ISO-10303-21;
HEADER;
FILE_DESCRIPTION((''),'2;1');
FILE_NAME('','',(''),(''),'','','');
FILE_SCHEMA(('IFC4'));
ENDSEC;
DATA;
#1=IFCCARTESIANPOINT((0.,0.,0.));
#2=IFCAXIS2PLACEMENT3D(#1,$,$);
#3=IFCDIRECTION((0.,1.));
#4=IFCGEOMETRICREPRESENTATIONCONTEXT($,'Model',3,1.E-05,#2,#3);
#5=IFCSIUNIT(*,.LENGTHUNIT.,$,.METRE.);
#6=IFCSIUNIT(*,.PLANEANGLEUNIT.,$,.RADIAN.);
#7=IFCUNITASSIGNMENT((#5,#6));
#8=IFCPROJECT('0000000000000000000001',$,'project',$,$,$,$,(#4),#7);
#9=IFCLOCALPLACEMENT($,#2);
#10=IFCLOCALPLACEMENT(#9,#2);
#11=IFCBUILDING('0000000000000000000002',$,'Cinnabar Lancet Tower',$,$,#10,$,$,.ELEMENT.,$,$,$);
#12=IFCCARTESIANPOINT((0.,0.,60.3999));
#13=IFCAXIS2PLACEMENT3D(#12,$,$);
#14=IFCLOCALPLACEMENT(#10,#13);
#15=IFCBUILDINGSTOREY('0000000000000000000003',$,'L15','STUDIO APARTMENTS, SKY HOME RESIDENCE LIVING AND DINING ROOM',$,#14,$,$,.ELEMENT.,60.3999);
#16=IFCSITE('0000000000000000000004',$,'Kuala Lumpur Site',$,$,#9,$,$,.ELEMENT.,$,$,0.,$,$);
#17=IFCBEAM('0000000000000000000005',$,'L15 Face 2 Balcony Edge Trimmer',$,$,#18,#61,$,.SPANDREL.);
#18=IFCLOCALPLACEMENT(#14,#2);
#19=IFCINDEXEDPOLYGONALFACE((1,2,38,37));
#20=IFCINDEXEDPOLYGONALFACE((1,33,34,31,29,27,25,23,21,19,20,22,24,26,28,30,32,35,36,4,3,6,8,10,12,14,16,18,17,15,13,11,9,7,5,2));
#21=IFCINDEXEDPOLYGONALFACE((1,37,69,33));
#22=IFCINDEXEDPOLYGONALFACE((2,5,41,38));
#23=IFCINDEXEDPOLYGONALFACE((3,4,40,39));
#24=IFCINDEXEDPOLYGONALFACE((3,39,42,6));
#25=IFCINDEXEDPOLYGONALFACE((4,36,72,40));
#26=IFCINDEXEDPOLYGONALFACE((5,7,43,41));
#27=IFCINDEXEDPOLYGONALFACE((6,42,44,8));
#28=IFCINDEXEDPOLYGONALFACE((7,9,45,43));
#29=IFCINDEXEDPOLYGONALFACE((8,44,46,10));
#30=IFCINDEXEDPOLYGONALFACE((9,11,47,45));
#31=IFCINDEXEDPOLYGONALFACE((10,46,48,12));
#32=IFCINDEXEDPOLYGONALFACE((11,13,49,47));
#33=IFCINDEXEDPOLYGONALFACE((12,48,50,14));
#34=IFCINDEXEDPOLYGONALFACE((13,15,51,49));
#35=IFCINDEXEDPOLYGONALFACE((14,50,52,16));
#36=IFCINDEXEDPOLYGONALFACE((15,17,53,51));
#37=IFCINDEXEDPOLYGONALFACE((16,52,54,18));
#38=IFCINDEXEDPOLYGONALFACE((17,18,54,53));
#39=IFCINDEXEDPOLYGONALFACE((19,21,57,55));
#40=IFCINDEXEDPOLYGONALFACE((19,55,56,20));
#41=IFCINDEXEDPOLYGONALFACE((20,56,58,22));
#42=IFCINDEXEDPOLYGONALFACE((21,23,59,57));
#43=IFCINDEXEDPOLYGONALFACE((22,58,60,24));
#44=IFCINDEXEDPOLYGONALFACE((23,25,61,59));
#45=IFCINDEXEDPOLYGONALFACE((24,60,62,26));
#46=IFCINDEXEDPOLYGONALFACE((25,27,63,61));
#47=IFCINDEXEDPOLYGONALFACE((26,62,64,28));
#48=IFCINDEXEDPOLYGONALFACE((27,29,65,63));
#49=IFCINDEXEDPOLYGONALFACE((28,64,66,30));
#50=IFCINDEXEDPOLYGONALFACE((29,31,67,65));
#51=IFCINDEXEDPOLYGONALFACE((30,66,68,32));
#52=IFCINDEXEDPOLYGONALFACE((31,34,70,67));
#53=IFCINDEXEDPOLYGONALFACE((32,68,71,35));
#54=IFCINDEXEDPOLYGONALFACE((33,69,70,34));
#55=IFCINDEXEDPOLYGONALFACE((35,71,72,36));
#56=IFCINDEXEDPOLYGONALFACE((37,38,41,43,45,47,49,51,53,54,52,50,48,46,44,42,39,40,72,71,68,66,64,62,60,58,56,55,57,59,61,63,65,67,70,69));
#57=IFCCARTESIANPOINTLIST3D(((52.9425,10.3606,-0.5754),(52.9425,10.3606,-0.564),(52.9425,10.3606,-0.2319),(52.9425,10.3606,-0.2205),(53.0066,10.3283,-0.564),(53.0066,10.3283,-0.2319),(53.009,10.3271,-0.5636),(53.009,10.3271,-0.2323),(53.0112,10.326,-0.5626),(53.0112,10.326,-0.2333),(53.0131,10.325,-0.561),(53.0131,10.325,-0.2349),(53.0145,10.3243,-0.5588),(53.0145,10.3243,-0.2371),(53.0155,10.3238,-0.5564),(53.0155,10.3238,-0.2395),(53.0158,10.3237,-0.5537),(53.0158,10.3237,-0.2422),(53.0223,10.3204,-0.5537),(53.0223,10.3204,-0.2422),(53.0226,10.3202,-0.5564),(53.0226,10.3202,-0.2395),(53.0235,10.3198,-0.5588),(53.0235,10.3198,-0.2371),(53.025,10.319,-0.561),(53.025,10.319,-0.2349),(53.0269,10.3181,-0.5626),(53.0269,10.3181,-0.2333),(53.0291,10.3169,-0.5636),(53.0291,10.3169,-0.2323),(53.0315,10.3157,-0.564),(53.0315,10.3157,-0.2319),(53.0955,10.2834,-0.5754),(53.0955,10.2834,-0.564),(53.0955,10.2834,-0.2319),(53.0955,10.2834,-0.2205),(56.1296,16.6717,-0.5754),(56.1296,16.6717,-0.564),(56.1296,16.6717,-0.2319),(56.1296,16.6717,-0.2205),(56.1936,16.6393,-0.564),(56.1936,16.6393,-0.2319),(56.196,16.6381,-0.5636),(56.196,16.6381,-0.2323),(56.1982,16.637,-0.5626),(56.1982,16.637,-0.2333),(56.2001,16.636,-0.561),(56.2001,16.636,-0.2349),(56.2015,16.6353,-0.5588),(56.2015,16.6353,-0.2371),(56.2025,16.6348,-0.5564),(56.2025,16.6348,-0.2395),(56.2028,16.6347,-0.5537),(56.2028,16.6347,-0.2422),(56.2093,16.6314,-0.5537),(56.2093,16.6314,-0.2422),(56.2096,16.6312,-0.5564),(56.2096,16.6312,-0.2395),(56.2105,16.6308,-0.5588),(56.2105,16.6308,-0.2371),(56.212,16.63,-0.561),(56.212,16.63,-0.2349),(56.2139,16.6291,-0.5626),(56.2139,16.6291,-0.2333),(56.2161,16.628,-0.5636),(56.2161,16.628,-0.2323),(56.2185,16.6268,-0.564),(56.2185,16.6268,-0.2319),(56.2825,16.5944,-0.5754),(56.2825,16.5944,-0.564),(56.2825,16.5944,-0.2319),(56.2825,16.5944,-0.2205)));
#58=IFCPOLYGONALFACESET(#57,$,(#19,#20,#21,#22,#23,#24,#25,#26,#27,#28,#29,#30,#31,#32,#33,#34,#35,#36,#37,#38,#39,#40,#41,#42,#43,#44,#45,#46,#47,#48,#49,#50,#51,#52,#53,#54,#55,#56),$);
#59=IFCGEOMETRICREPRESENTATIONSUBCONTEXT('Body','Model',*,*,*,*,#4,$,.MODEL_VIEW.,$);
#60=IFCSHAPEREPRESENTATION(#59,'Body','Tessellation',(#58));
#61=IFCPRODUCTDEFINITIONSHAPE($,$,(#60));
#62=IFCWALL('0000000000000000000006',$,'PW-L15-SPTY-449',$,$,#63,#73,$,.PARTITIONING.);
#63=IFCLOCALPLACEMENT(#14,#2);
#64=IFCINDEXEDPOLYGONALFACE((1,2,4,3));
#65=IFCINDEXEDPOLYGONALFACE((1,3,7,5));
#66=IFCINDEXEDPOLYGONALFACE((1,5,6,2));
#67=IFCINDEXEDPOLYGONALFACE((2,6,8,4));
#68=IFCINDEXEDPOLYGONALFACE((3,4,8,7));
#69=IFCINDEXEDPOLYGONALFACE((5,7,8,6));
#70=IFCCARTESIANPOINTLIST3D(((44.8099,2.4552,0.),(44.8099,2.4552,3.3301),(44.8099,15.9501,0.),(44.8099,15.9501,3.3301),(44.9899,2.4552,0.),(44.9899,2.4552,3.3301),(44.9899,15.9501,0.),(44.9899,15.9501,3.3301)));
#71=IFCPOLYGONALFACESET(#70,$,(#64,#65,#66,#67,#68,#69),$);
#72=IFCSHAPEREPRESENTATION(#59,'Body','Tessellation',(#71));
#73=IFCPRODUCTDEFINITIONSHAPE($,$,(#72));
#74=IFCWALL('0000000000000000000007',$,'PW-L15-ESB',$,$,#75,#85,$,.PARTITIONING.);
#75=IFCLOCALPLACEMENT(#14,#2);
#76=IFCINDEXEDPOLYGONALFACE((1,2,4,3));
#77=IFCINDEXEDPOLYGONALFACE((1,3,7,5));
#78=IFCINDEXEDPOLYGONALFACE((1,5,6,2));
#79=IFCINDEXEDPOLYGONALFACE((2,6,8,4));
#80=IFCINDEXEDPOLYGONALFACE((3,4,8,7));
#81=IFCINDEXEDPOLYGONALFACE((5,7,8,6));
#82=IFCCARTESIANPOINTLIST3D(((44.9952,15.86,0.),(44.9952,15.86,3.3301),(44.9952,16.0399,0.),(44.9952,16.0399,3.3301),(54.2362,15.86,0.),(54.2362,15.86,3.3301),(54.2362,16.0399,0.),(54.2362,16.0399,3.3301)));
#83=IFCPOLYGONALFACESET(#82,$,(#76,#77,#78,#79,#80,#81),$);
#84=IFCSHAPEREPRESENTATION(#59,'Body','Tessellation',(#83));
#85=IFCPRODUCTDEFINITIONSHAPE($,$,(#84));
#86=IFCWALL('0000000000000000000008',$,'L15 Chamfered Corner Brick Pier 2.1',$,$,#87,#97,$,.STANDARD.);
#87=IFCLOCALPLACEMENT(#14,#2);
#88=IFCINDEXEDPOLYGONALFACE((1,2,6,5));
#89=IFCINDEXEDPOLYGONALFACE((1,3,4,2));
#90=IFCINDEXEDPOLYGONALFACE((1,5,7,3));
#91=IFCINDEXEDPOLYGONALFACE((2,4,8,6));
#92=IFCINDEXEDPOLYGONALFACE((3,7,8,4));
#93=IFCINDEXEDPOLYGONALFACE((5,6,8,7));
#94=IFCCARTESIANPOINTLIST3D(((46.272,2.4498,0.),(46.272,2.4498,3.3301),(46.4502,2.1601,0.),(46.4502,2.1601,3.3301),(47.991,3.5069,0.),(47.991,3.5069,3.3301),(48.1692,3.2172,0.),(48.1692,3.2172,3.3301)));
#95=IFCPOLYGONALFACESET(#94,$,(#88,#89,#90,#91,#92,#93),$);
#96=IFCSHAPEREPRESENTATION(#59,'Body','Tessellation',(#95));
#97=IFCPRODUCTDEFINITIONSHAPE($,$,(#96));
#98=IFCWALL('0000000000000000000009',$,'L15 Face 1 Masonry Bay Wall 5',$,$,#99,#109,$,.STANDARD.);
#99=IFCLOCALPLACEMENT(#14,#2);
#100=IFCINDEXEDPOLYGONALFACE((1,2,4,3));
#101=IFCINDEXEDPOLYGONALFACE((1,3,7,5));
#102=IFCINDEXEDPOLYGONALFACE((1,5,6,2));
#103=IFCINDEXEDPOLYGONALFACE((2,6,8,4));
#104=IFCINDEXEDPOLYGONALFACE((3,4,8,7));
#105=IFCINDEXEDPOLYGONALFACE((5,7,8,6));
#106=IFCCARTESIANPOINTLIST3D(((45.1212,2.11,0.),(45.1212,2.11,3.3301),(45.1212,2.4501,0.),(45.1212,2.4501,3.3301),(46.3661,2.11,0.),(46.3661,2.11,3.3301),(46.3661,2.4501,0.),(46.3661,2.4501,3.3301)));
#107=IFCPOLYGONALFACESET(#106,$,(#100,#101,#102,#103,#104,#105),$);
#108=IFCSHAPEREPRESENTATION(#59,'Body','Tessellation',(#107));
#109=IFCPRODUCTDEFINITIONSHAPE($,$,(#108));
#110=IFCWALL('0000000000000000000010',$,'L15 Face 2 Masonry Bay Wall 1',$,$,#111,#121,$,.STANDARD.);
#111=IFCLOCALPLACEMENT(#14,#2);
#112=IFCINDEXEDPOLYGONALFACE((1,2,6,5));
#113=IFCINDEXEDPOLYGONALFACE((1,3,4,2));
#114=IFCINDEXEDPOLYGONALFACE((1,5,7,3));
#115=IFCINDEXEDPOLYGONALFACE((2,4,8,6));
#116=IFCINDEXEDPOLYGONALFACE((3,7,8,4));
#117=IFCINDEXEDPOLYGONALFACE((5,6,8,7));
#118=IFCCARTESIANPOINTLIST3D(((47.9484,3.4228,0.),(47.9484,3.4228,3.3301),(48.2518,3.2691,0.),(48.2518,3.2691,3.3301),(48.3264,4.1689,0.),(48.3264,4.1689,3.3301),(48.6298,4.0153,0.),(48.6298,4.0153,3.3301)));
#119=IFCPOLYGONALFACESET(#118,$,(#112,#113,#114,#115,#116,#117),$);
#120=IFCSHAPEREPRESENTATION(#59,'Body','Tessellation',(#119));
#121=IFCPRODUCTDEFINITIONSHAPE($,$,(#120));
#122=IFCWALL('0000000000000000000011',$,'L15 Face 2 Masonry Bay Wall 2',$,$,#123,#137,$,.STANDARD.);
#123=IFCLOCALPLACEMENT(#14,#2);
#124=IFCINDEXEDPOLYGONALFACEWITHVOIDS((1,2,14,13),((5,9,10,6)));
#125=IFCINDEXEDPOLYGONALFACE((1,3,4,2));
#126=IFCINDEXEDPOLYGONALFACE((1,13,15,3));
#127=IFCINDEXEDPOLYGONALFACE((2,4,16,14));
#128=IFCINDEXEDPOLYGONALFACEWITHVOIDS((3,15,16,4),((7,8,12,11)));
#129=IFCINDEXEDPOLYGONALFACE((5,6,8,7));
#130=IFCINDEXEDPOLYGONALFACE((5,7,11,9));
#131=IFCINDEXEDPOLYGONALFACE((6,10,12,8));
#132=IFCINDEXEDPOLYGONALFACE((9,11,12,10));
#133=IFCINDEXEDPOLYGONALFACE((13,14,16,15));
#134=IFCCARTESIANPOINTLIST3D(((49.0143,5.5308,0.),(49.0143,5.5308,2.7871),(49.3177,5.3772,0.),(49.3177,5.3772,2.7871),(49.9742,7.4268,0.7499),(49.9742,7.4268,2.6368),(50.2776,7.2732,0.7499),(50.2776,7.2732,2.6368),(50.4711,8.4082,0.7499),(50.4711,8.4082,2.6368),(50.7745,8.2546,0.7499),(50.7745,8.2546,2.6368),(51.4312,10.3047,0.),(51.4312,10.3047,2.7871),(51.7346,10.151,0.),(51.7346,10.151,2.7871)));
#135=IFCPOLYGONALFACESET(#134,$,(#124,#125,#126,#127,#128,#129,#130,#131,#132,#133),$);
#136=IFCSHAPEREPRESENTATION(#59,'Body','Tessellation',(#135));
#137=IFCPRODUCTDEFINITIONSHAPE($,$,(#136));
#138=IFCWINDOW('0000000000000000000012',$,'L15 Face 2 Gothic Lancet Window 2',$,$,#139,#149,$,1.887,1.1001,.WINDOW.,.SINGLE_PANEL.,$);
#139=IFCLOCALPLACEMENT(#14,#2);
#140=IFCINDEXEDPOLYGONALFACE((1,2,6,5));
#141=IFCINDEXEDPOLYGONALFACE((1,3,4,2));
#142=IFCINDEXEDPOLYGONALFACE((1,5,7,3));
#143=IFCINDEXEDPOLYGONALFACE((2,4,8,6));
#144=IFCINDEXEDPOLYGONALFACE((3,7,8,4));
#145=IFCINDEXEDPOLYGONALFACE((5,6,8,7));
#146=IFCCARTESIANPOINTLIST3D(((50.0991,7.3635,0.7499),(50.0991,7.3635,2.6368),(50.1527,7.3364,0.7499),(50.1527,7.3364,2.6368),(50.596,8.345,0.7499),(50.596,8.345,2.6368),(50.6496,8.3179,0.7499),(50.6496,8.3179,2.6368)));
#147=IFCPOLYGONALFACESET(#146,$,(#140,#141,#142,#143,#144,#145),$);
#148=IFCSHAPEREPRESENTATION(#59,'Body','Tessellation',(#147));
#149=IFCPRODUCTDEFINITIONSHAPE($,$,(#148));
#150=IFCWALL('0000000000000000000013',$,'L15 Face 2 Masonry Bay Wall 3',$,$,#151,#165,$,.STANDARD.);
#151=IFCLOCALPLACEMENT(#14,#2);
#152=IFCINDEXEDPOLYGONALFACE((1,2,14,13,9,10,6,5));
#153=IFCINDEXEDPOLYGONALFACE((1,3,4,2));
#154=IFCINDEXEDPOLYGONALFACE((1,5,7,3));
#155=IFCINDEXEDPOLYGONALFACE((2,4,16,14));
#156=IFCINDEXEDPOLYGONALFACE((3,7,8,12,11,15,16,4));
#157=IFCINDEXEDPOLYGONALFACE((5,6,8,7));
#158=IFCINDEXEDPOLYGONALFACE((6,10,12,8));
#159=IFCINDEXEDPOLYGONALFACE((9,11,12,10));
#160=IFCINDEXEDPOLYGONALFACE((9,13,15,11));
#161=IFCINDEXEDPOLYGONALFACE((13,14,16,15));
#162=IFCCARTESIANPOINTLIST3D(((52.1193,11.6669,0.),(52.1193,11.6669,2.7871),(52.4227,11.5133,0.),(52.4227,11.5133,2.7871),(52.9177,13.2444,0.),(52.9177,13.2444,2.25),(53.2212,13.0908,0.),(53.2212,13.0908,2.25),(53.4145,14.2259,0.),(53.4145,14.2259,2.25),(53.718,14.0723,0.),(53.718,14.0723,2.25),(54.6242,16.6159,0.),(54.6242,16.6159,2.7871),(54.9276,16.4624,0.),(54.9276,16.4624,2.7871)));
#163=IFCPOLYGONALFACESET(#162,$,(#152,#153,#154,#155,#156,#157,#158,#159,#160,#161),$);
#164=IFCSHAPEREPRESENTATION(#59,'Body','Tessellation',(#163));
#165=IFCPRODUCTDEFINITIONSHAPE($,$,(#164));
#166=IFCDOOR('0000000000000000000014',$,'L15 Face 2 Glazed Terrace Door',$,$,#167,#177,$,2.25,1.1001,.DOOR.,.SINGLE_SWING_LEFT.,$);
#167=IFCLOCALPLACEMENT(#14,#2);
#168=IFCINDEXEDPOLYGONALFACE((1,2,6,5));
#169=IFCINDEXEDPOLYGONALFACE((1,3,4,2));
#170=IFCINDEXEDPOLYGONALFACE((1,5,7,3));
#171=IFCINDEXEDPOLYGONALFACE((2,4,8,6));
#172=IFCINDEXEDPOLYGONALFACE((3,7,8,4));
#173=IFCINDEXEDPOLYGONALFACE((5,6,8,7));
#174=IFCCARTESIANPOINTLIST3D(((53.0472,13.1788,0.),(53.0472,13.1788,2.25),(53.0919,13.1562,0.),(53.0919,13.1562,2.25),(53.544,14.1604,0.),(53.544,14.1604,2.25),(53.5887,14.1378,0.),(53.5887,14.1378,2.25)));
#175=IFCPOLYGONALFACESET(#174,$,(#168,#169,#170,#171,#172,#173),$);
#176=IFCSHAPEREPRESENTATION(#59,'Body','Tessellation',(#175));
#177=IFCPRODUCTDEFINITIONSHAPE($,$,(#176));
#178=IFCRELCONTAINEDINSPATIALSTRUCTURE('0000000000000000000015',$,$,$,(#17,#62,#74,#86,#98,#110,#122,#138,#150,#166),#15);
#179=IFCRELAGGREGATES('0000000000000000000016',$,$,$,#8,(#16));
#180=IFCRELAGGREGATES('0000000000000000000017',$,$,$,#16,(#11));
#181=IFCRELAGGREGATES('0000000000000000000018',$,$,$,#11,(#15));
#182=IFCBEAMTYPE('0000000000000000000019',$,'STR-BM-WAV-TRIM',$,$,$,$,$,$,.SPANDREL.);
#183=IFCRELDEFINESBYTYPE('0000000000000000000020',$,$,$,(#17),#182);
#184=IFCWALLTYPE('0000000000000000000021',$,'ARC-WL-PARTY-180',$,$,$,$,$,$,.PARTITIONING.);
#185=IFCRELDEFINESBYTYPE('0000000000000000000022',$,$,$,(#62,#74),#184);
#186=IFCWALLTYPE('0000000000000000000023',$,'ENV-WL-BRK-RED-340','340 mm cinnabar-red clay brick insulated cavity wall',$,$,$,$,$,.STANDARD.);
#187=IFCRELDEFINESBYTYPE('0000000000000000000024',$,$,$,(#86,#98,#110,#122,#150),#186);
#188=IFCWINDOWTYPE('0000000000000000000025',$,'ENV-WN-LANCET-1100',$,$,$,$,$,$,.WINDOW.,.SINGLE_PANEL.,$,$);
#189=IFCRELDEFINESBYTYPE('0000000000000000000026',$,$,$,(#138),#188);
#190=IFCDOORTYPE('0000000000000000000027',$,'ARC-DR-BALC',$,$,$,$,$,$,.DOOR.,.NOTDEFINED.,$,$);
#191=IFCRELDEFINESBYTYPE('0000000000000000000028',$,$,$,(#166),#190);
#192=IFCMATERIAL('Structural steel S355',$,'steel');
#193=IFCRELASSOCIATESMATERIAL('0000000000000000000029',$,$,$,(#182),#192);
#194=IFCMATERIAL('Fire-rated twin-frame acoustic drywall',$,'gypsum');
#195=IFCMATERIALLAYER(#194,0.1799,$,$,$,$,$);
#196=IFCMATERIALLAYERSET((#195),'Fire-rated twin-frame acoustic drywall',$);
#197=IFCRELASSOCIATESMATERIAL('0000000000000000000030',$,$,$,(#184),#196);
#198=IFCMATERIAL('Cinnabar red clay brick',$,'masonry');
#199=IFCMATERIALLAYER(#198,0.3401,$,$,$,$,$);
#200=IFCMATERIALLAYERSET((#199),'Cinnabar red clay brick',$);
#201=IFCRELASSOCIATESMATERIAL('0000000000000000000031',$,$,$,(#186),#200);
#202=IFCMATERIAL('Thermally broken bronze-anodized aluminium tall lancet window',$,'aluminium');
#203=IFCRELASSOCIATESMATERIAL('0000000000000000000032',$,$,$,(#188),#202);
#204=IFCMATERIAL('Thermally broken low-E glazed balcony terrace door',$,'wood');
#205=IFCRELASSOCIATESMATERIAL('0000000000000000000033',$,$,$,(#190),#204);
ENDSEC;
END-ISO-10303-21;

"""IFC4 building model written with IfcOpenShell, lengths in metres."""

from ifc_helpers import new_model, si_unit, direction, frame, frame_2d, origin, origin_2d, place, context, subcontext, project, spatial, rectangle, i_section, extrude, material, layer, layer_set, material_profile, profile_set, type_object, element, fill, save


model = new_model("IFC4")

# Units and contexts
model_context = context("Model", 3, precision=1e-05, world=origin(), true_north=direction((0.0, 1.0)))
body_context = subcontext(model_context, "Body", "Model", "MODEL_VIEW")
ifc_project = project(units=[si_unit("LENGTHUNIT", "METRE"), si_unit("PLANEANGLEUNIT", "RADIAN")], contexts=[model_context])

# Site, building, storey
site_placement = place(None, origin())
site = spatial("IfcSite", under=ifc_project, at=site_placement, Name="Kuala Lumpur Site", CompositionType="ELEMENT", RefElevation=0.0)
building_placement = place(site_placement, origin())
building = spatial("IfcBuilding", under=site, at=building_placement, Name="Cinnabar Lancet Tower", CompositionType="ELEMENT")
storey_placement = place(building_placement, frame((0.0, 0.0, 60.3999)))
storey = spatial("IfcBuildingStorey", under=building, at=storey_placement, Name="L15", Description="STUDIO APARTMENTS, SKY HOME RESIDENCE LIVING AND DINING ROOM", CompositionType="ELEMENT", Elevation=60.3999)

# Beam
ifc_material_1 = material(Name="Structural steel S355", Category="steel")
ifc_material_profile_1 = material_profile(ifc_material_1, i_section(OverallWidth=0.1714, OverallDepth=0.355, WebThickness=0.0073, FlangeThickness=0.0115, FilletRadius=0.0103, at=origin_2d()), Name="UKB 356x171x51")
ifc_profile_set_1 = profile_set([ifc_material_profile_1], Name="Structural steel S355")
beam_type_1 = type_object("IfcBeamType", Name="STR-BM-WAV-TRIM", PredefinedType="SPANDREL", material=ifc_profile_set_1)
beam_1_placement = place(storey_placement, frame((53.019, 10.322, -0.3979), z_axis=(0.450774, 0.892638, 0.0), x_axis=(-0.892638, 0.450774, 0.0)))
element("IfcBeam", 1, at=beam_1_placement, inside=storey, type_object=beam_type_1, Name="L15 Face 2 Balcony Edge Trimmer", PredefinedType="SPANDREL", context=body_context, shape_type="SweptSolid", body=[
    extrude(i_section(OverallWidth=0.1714, OverallDepth=0.355, WebThickness=0.0073, FlangeThickness=0.0115, FilletRadius=0.0103, at=origin_2d()), origin(), (0.0, 0.0, 1.0), 7.0701),
])

# Walls
ifc_material_2 = material(Name="Fire-rated twin-frame acoustic drywall", Category="gypsum")
ifc_layer_1 = layer(ifc_material_2, 0.1799)
ifc_layer_set_1 = layer_set([ifc_layer_1], Name="Fire-rated twin-frame acoustic drywall")
wall_type_1 = type_object("IfcWallType", Name="ARC-WL-PARTY-180", PredefinedType="PARTITIONING", material=ifc_layer_set_1)
wall_1_placement = place(storey_placement, frame((44.8999, 2.4551, 0.0), z_axis=(0.0, 0.0, 1.0), x_axis=(0.0, 1.0, 0.0)))
element("IfcWall", 2, at=wall_1_placement, inside=storey, type_object=wall_type_1, Name="PW-L15-SPTY-449", PredefinedType="PARTITIONING", context=body_context, shape_type="SweptSolid", body=[
    extrude(rectangle(XDim=13.4949, YDim=0.1799, at=frame_2d((6.7476, 0.0))), origin(), (0.0, 0.0, 1.0), 3.3301),
])
wall_2_placement = place(storey_placement, frame((44.9951, 15.95, 0.0), z_axis=(0.0, 0.0, 1.0), x_axis=(1.0, 0.0, 0.0)))
element("IfcWall", 3, at=wall_2_placement, inside=storey, type_object=wall_type_1, Name="PW-L15-ESB", PredefinedType="PARTITIONING", context=body_context, shape_type="SweptSolid", body=[
    extrude(rectangle(XDim=9.241, YDim=0.1799, at=frame_2d((4.6206, 0.0))), origin(), (0.0, 0.0, 1.0), 3.3301),
])
ifc_material_3 = material(Name="Cinnabar red clay brick", Category="masonry")
ifc_layer_2 = layer(ifc_material_3, 0.3401)
ifc_layer_set_2 = layer_set([ifc_layer_2], Name="Cinnabar red clay brick")
wall_type_2 = type_object("IfcWallType", Name="ENV-WL-BRK-RED-340", Description="340 mm cinnabar-red clay brick insulated cavity wall", PredefinedType="STANDARD", material=ifc_layer_set_2)
wall_3_placement = place(storey_placement, frame((46.3611, 2.3049, 0.0), z_axis=(0.0, 0.0, 1.0), x_axis=(0.851816, 0.523841, 0.0)))
element("IfcWall", 4, at=wall_3_placement, inside=storey, type_object=wall_type_2, Name="L15 Chamfered Corner Brick Pier 2.1", PredefinedType="STANDARD", context=body_context, shape_type="SweptSolid", body=[
    extrude(rectangle(XDim=2.0181, YDim=0.3401, at=frame_2d((1.009, 0.0))), origin(), (0.0, 0.0, 1.0), 3.3301),
])
wall_4_placement = place(storey_placement, frame((45.1211, 2.28, 0.0), z_axis=(0.0, 0.0, 1.0), x_axis=(1.0, 0.0, 0.0)))
element("IfcWall", 5, at=wall_4_placement, inside=storey, type_object=wall_type_2, Name="L15 Face 1 Masonry Bay Wall 5", PredefinedType="STANDARD", context=body_context, shape_type="SweptSolid", body=[
    extrude(rectangle(XDim=1.2449, YDim=0.3401, at=frame_2d((0.6226, 0.0))), origin(), (0.0, 0.0, 1.0), 3.3301),
])
wall_5_placement = place(storey_placement, frame((48.1001, 3.3459, 0.0), z_axis=(0.0, 0.0, 1.0), x_axis=(0.451878, 0.89208, 0.0)))
element("IfcWall", 6, at=wall_5_placement, inside=storey, type_object=wall_type_2, Name="L15 Face 2 Masonry Bay Wall 1", PredefinedType="STANDARD", context=body_context, shape_type="SweptSolid", body=[
    extrude(rectangle(XDim=0.8364, YDim=0.3401, at=frame_2d((0.4182, 0.0))), origin(), (0.0, 0.0, 1.0), 3.3301),
])

# Wall, opening, window
wall_6_placement = place(storey_placement, frame((49.166, 5.4541, 0.0), z_axis=(0.0, 0.0, 1.0), x_axis=(0.451698, 0.892171, 0.0)))
wall_6 = element("IfcWall", 7, at=wall_6_placement, inside=storey, type_object=wall_type_2, Name="L15 Face 2 Masonry Bay Wall 2", PredefinedType="STANDARD", context=body_context, shape_type="SweptSolid", body=[
    extrude(rectangle(XDim=5.3508, YDim=0.3401, at=frame_2d((2.6753, 0.0))), origin(), (0.0, 0.0, 1.0), 2.7871),
])
opening_1_placement = place(wall_6_placement, frame((2.125, 0.0, 0.75)))
opening_1 = element("IfcOpeningElement", 8, at=opening_1_placement, cuts=wall_6, PredefinedType="OPENING", context=body_context, shape_type="SweptSolid", body=[
    extrude(rectangle(XDim=1.1001, YDim=1.887, at=frame_2d((0.55, 0.9434))), frame((0.0, 0.1799, 0.0), z_axis=(0.0, -1.0, 0.0), x_axis=(1.0, 0.0, 0.0)), (0.0, 0.0, 1.0), 0.3601),
])
ifc_material_4 = material(Name="Thermally broken bronze-anodized aluminium tall lancet window", Category="aluminium")
window_type = type_object("IfcWindowType", Name="ENV-WN-LANCET-1100", PartitioningType="SINGLE_PANEL", PredefinedType="WINDOW", material=ifc_material_4)
window_placement = place(opening_1_placement, origin())
window = element("IfcWindow", 9, at=window_placement, inside=storey, type_object=window_type, Name="L15 Face 2 Gothic Lancet Window 2", OverallHeight=1.887, OverallWidth=1.1001, PartitioningType="SINGLE_PANEL", PredefinedType="WINDOW", context=body_context, shape_type="SweptSolid", body=[
    extrude(rectangle(XDim=1.1001, YDim=1.887, at=frame_2d((0.55, 0.9434))), frame((0.0, 0.03, 0.0), z_axis=(0.0, -1.0, 0.0), x_axis=(1.0, 0.0, 0.0)), (0.0, 0.0, 1.0), 0.0601),
])
fill(opening_1, window)

# Wall, opening, door
wall_7_placement = place(storey_placement, frame((52.271, 11.5901, 0.0), z_axis=(0.0, 0.0, 1.0), x_axis=(0.451592, 0.892225, 0.0)))
wall_7 = element("IfcWall", 10, at=wall_7_placement, inside=storey, type_object=wall_type_2, Name="L15 Face 2 Masonry Bay Wall 3", PredefinedType="STANDARD", context=body_context, shape_type="SweptSolid", body=[
    extrude(rectangle(XDim=5.5469, YDim=0.3401, at=frame_2d((2.7734, 0.0))), origin(), (0.0, 0.0, 1.0), 2.7871),
])
opening_2_placement = place(wall_7_placement, frame((1.7681, 0.0, 0.0)))
opening_2 = element("IfcOpeningElement", 11, at=opening_2_placement, cuts=wall_7, PredefinedType="OPENING", context=body_context, shape_type="SweptSolid", body=[
    extrude(rectangle(XDim=1.1001, YDim=2.25, at=frame_2d((0.55, 1.125))), frame((0.0, 0.1799, 0.0), z_axis=(0.0, -1.0, 0.0), x_axis=(1.0, 0.0, 0.0)), (0.0, 0.0, 1.0), 0.3601),
])
ifc_material_5 = material(Name="Thermally broken low-E glazed balcony terrace door", Category="wood")
door_type = type_object("IfcDoorType", Name="ARC-DR-BALC", OperationType="NOTDEFINED", PredefinedType="DOOR", material=ifc_material_5)
door_placement = place(opening_2_placement, origin())
door = element("IfcDoor", 12, at=door_placement, inside=storey, type_object=door_type, Name="L15 Face 2 Glazed Terrace Door", OperationType="SINGLE_SWING_LEFT", OverallHeight=2.25, OverallWidth=1.1001, PredefinedType="DOOR", context=body_context, shape_type="SweptSolid", body=[
    extrude(rectangle(XDim=1.1001, YDim=2.25, at=frame_2d((0.55, 1.125))), frame((0.0, 0.0249, 0.0), z_axis=(0.0, -1.0, 0.0), x_axis=(1.0, 0.0, 0.0)), (0.0, 0.0, 1.0), 0.05),
])
fill(opening_2, door)

save(model, "model.ifc")
